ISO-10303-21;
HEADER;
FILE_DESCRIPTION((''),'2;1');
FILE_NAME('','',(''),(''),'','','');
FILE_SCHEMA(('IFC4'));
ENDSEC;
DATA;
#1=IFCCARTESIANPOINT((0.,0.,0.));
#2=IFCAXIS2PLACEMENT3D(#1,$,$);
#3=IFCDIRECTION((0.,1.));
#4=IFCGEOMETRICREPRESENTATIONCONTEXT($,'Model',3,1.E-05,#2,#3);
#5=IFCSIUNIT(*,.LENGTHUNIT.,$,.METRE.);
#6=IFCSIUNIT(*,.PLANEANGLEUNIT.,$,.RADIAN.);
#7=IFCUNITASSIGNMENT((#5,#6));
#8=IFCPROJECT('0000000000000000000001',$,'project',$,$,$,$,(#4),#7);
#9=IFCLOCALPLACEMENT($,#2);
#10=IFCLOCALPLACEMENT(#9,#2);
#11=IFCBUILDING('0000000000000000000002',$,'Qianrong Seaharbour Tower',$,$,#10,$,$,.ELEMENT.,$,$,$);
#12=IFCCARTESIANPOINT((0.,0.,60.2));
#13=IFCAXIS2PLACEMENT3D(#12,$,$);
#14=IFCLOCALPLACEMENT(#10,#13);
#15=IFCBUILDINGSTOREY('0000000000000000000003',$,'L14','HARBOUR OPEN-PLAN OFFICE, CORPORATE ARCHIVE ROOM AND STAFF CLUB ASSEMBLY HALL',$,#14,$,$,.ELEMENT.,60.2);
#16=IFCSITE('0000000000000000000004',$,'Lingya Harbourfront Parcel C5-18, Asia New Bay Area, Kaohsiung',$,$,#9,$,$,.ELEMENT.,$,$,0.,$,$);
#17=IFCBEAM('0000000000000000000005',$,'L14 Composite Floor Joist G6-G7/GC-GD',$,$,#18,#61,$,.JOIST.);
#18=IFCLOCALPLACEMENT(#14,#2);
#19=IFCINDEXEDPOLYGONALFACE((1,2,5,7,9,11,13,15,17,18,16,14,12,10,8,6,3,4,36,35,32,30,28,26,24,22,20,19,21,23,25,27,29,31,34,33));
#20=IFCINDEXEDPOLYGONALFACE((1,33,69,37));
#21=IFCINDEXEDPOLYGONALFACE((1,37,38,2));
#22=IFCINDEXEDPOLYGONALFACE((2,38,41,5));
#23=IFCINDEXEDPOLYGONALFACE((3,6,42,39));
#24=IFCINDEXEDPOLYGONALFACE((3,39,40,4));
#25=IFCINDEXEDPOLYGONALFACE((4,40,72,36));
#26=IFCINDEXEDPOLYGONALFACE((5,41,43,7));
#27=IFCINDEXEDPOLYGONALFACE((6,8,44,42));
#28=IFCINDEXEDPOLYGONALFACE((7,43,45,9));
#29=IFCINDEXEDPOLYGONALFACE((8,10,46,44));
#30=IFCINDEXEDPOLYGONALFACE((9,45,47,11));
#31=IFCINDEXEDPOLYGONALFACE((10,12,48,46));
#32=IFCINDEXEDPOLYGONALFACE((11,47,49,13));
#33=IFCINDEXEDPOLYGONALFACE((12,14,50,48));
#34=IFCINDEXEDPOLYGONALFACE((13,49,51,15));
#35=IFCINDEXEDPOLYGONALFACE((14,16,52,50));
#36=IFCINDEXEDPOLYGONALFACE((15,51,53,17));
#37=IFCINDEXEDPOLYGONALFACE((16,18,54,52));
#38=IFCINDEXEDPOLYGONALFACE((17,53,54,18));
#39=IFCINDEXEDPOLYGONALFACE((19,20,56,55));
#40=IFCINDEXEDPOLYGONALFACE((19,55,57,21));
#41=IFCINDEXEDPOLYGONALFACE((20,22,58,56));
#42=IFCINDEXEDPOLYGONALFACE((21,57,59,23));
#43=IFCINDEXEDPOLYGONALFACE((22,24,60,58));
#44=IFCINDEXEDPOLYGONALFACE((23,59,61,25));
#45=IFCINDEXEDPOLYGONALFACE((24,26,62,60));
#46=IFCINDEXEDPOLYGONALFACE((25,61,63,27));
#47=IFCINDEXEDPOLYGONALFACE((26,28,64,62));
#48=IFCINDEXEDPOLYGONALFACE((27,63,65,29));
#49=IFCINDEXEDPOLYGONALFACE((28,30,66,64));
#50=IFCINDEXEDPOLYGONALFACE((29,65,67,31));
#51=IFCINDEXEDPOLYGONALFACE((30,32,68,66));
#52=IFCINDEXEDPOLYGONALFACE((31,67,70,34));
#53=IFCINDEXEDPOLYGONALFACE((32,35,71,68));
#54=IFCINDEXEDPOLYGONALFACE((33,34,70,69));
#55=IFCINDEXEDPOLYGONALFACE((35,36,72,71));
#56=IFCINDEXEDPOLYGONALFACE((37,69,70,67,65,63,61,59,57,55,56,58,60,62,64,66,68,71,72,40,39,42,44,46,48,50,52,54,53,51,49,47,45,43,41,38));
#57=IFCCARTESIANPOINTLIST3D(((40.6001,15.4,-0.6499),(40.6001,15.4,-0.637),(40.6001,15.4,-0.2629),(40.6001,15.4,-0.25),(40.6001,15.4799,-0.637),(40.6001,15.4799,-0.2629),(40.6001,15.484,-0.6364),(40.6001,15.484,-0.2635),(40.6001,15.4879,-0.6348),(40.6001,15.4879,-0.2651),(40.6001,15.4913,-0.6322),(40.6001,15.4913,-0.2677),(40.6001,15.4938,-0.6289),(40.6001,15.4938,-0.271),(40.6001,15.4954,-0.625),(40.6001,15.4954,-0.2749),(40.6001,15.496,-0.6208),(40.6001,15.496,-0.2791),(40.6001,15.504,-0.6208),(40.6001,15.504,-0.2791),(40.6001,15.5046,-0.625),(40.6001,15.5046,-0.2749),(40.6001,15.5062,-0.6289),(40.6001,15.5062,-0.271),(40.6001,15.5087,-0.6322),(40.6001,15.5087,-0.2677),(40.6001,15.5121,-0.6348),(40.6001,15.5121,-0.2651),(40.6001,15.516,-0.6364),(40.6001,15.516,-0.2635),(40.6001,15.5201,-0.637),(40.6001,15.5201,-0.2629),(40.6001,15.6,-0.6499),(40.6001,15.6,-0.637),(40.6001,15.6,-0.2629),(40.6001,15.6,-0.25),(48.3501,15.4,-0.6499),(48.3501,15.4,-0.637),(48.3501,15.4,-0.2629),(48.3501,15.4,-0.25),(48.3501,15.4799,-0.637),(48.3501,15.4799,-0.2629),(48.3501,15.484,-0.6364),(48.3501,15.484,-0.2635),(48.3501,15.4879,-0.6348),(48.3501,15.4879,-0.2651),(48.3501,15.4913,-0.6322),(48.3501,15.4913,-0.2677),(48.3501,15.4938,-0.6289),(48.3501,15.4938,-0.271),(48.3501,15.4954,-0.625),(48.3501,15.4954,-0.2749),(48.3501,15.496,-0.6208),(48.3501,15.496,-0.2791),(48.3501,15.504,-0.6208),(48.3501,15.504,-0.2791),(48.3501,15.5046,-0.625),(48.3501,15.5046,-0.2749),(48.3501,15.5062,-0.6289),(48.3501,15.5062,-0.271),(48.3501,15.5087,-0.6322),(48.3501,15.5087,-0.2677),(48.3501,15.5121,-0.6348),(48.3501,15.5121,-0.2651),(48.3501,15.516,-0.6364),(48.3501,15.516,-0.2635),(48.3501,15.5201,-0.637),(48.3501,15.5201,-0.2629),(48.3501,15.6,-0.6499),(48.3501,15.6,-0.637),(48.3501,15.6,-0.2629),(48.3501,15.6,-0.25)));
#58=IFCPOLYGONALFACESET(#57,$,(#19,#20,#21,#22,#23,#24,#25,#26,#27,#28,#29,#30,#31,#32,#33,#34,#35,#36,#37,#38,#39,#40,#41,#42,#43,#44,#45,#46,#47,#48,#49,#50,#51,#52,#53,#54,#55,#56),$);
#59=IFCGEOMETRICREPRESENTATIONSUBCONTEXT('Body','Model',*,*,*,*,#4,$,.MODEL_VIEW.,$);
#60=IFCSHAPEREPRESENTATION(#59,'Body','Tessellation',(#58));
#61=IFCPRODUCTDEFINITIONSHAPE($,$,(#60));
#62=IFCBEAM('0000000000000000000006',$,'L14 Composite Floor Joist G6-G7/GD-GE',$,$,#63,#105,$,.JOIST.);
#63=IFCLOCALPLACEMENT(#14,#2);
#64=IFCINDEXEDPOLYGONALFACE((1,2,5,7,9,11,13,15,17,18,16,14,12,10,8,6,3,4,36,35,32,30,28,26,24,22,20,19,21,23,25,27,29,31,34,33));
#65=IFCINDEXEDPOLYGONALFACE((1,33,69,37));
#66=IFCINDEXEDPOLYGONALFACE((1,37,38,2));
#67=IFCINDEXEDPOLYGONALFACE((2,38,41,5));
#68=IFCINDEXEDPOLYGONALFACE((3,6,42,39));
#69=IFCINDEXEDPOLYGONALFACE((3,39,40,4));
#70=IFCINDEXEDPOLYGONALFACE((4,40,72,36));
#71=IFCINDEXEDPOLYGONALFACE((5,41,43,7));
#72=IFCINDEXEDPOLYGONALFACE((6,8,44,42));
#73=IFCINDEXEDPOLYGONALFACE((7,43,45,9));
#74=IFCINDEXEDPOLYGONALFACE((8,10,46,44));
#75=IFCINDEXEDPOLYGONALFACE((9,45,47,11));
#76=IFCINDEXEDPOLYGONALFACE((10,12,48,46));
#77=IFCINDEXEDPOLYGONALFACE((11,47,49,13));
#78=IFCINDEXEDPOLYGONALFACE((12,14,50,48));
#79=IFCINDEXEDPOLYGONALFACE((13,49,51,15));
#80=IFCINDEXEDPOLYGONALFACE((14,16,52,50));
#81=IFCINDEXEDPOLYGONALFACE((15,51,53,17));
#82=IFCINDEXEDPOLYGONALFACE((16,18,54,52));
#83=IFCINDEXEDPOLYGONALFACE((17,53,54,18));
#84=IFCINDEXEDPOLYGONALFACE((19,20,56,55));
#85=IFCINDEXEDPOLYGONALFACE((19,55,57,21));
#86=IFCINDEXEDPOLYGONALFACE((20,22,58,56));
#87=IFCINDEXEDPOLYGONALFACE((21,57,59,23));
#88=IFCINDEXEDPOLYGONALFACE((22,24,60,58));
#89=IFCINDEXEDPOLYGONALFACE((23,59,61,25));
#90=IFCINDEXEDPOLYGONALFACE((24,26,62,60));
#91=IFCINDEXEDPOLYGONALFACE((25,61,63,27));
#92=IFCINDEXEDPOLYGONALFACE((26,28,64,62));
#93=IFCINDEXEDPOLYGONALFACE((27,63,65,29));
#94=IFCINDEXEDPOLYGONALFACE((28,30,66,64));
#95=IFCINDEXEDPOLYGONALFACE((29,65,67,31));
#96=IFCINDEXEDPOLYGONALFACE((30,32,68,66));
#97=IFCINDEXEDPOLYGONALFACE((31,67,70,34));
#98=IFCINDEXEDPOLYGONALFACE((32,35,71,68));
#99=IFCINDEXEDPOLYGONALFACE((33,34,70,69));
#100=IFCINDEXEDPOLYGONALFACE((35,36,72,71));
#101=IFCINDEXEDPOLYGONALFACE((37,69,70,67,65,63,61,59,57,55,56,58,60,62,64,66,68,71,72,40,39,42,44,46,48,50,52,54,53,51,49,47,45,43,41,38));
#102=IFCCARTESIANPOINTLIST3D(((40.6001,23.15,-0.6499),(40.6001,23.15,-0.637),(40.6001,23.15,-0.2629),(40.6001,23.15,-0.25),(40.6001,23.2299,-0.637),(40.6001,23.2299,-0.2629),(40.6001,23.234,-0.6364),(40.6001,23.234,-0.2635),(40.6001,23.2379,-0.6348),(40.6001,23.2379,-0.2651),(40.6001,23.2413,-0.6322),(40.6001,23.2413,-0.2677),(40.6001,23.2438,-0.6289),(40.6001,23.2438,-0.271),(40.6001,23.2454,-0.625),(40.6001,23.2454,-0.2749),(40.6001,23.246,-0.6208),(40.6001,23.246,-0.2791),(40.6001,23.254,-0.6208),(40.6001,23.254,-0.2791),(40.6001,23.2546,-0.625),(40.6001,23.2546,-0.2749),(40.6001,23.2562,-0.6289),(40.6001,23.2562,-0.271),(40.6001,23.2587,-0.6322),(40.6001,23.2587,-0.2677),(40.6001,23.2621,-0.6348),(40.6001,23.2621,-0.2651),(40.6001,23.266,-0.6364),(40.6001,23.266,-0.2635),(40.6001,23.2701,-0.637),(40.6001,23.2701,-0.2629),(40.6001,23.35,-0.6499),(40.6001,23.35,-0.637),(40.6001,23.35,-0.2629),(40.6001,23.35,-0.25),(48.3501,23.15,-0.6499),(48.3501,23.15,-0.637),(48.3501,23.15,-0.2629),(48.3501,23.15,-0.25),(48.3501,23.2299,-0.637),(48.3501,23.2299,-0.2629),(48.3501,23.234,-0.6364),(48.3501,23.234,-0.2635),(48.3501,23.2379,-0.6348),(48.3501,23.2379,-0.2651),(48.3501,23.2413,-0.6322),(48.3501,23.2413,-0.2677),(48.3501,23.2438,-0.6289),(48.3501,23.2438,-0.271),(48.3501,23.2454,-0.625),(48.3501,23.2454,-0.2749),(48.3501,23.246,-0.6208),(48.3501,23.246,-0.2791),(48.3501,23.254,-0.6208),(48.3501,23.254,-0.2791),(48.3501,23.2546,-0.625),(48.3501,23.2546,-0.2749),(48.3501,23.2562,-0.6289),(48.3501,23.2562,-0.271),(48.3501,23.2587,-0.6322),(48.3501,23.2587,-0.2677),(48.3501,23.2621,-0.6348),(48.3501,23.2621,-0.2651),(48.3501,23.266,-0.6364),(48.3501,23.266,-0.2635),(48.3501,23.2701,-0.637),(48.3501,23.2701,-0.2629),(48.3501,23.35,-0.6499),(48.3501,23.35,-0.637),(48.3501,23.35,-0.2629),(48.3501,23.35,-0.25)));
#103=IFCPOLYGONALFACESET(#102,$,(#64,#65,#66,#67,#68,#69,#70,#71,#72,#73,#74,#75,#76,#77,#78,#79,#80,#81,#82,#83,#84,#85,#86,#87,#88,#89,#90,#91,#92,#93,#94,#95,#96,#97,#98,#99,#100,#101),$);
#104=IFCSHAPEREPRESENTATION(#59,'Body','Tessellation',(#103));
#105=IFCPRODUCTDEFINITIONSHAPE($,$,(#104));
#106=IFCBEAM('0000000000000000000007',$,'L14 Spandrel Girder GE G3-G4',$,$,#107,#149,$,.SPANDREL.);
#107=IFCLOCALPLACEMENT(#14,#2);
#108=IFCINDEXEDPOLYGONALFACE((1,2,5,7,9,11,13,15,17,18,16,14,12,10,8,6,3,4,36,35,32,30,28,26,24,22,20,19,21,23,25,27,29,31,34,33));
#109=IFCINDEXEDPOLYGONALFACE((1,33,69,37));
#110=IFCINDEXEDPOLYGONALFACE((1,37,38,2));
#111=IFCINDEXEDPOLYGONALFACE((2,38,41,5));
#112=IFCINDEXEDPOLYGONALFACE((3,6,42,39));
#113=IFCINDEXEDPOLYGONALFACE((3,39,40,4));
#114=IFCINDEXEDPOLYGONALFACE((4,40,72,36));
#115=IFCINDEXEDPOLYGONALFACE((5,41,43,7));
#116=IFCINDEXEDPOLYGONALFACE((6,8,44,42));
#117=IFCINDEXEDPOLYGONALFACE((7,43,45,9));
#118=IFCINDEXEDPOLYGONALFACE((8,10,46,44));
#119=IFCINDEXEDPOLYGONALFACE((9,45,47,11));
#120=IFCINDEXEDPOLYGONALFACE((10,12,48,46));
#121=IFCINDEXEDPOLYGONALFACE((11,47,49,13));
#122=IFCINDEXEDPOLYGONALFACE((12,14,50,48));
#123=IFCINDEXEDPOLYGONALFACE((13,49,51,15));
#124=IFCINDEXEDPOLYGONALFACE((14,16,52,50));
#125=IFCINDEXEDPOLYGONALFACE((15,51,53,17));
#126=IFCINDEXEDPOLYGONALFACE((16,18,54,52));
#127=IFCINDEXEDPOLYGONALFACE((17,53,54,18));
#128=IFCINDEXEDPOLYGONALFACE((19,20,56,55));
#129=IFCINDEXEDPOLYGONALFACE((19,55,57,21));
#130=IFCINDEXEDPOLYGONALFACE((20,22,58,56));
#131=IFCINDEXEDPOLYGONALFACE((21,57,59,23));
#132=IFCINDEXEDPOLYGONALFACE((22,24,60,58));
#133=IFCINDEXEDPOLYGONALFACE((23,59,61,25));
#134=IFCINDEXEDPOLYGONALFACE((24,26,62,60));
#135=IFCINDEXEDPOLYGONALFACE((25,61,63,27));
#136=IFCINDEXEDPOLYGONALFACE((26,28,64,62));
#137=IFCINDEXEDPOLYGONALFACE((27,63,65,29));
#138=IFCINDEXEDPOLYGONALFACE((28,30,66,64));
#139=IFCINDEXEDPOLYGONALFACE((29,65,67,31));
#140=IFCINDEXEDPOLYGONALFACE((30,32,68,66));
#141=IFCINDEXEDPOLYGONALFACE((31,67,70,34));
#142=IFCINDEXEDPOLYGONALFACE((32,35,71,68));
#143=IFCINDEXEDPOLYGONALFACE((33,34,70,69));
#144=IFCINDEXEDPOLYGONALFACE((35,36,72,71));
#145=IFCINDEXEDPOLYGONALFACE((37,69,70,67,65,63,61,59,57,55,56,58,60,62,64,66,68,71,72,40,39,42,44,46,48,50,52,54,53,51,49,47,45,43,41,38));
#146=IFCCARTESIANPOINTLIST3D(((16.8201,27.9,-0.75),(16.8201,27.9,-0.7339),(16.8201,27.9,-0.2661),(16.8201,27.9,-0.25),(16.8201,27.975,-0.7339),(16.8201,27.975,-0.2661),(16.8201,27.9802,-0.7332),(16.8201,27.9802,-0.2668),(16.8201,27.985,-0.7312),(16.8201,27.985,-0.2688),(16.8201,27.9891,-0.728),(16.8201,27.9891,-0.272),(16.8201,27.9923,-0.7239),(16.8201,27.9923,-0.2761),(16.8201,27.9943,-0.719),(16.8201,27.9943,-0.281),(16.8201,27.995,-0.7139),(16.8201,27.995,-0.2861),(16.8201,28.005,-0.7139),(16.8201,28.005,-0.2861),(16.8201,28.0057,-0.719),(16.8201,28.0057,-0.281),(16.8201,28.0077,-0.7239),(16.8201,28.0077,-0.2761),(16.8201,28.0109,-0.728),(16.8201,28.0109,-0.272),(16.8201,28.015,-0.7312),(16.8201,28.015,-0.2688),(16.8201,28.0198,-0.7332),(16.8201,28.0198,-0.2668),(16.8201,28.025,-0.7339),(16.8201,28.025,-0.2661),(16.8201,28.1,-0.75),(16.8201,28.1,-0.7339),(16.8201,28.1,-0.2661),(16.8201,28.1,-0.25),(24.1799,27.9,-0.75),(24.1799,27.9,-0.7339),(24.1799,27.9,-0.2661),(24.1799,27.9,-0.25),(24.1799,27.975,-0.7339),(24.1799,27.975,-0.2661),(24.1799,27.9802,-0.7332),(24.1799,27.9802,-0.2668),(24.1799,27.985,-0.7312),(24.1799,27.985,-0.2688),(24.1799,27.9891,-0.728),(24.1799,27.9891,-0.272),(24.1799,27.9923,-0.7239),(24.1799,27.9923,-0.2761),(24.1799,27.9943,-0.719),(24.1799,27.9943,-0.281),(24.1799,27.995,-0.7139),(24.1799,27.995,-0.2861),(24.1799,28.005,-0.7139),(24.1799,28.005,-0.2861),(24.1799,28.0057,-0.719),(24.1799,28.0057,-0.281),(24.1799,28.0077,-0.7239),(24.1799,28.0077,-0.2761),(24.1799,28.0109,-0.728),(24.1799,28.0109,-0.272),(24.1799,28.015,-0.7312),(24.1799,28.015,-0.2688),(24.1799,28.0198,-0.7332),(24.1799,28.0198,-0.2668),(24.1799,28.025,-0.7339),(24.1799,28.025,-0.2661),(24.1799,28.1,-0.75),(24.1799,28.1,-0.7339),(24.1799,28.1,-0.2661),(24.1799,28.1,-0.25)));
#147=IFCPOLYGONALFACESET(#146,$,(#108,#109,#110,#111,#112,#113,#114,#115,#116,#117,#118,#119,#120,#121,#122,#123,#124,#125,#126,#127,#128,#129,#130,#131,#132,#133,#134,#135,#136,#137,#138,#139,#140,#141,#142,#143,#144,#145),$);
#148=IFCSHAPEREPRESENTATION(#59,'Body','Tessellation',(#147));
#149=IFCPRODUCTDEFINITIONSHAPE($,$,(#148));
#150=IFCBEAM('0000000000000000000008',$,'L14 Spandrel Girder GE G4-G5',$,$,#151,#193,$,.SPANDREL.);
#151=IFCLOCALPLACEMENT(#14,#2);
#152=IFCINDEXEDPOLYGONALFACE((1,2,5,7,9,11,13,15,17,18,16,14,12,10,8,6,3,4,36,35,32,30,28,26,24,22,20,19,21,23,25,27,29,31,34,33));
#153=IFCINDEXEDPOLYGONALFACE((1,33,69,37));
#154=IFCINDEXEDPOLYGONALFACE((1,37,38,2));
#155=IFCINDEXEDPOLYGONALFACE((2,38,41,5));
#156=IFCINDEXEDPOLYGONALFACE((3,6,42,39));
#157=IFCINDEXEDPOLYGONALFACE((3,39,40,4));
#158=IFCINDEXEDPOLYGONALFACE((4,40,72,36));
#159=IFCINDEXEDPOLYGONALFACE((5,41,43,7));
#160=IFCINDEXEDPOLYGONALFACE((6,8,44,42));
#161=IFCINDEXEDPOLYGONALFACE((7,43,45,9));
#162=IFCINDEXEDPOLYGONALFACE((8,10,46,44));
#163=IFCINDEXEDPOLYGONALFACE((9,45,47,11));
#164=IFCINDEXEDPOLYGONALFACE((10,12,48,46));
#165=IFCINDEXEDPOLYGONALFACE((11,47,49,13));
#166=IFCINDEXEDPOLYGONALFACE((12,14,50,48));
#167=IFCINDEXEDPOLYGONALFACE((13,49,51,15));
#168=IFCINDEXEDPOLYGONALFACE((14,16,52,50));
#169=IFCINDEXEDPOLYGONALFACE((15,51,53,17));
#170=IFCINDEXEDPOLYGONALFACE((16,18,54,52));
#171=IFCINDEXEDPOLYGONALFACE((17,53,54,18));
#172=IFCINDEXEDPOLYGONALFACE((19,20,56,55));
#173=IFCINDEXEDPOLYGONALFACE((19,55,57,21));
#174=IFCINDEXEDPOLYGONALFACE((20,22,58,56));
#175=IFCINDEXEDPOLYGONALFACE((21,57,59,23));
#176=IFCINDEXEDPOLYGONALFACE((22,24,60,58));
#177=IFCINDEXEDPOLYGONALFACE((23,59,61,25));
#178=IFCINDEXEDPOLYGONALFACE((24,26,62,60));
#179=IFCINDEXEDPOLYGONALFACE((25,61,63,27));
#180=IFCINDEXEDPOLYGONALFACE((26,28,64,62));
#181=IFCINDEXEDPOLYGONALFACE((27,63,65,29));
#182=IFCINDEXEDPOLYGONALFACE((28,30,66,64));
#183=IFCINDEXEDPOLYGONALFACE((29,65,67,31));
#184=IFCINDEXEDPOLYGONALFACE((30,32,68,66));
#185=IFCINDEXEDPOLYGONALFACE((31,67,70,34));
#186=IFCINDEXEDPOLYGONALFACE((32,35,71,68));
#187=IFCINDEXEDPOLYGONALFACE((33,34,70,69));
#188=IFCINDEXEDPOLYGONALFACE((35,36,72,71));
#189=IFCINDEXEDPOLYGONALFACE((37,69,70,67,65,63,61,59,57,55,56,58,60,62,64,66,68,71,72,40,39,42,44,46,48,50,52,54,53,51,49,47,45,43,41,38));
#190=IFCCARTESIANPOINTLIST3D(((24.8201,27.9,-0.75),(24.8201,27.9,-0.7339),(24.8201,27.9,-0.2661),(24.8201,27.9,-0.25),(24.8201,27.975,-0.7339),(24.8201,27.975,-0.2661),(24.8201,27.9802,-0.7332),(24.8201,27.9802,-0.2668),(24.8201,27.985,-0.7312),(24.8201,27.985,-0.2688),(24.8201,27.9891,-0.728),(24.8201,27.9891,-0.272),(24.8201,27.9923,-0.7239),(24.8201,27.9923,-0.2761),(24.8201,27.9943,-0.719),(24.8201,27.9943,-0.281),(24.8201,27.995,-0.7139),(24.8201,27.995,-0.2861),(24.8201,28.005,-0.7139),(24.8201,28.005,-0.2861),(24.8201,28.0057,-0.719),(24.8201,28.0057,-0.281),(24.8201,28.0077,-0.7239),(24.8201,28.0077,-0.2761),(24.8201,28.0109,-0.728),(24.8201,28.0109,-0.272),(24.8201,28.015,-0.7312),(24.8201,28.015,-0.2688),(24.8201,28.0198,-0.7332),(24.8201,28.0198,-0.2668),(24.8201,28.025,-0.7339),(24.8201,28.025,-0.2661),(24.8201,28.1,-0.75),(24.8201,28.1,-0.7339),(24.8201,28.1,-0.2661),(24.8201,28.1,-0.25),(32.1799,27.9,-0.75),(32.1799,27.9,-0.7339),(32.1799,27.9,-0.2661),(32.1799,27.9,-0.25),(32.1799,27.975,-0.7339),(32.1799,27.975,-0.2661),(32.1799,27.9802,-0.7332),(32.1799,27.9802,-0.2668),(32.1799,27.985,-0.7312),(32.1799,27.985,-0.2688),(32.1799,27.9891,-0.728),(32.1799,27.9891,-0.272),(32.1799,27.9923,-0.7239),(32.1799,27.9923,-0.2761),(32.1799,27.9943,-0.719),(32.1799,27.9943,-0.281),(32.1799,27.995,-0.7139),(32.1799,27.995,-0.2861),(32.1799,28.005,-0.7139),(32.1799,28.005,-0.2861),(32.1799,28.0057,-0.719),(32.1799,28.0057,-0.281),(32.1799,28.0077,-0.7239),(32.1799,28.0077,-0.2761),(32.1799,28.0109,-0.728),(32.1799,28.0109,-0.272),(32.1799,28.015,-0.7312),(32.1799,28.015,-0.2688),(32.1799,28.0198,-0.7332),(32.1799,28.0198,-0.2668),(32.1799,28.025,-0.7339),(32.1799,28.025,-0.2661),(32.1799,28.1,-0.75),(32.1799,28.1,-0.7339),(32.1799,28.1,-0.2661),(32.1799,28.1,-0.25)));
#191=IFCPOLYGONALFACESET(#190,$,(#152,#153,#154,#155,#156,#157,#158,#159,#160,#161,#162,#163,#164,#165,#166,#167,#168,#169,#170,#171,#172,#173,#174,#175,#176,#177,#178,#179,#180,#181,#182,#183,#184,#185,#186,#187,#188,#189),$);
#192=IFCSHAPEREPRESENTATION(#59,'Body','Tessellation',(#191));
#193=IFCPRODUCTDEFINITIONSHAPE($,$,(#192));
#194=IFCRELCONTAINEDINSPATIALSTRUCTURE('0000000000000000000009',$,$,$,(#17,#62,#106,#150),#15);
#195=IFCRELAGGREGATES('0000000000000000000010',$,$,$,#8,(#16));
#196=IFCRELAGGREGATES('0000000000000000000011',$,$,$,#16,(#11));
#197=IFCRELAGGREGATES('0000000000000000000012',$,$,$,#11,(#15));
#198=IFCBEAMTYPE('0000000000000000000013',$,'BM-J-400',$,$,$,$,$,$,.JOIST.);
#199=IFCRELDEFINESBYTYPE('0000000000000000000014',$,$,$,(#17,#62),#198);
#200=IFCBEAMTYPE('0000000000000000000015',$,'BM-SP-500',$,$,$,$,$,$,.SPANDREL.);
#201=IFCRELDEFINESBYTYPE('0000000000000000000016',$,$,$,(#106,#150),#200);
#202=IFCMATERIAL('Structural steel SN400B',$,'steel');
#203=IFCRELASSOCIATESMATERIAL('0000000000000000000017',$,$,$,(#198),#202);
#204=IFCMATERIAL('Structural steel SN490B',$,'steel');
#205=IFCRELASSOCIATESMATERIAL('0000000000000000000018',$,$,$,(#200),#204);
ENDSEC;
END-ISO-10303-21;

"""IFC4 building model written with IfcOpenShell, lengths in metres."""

from ifc_helpers import new_model, si_unit, direction, frame, origin, origin_2d, place, context, subcontext, project, spatial, i_section, extrude, material, material_profile, profile_set, type_object, element, save


model = new_model("IFC4")

# Units and contexts
model_context = context("Model", 3, precision=1e-05, world=origin(), true_north=direction((0.0, 1.0)))
body_context = subcontext(model_context, "Body", "Model", "MODEL_VIEW")
ifc_project = project(units=[si_unit("LENGTHUNIT", "METRE"), si_unit("PLANEANGLEUNIT", "RADIAN")], contexts=[model_context])

# Site, building, storey
site_placement = place(None, origin())
site = spatial("IfcSite", under=ifc_project, at=site_placement, Name="Lingya Harbourfront Parcel C5-18, Asia New Bay Area, Kaohsiung", CompositionType="ELEMENT", RefElevation=0.0)
building_placement = place(site_placement, origin())
building = spatial("IfcBuilding", under=site, at=building_placement, Name="Qianrong Seaharbour Tower", CompositionType="ELEMENT")
storey_placement = place(building_placement, frame((0.0, 0.0, 60.2)))
storey = spatial("IfcBuildingStorey", under=building, at=storey_placement, Name="L14", Description="HARBOUR OPEN-PLAN OFFICE, CORPORATE ARCHIVE ROOM AND STAFF CLUB ASSEMBLY HALL", CompositionType="ELEMENT", Elevation=60.2)

# Shared definitions
ifc_material_1 = material(Name="Structural steel SN490B", Category="steel")

# Beams
ifc_material_2 = material(Name="Structural steel SN400B", Category="steel")
ifc_material_profile_1 = material_profile(ifc_material_2, i_section(OverallWidth=0.2, OverallDepth=0.3999, WebThickness=0.0081, FlangeThickness=0.0129, FilletRadius=0.0161, at=origin_2d()), Name="H400x200x8x13")
ifc_profile_set_1 = profile_set([ifc_material_profile_1], Name="Structural steel SN400B")
beam_type_1 = type_object("IfcBeamType", Name="BM-J-400", PredefinedType="JOIST", material=ifc_profile_set_1)
for number, where, z_axis, x_axis, name in (
    (1, (40.6001, 15.5, -0.45), (1.0, 0.0, 0.0), (0.0, 1.0, 0.0), "L14 Composite Floor Joist G6-G7/GC-GD"),
    (2, (40.6001, 23.25, -0.45), (1.0, 0.0, 0.0), (0.0, 1.0, 0.0), "L14 Composite Floor Joist G6-G7/GD-GE"),
):
    element("IfcBeam", number, at=place(storey_placement, frame(where, z_axis=z_axis, x_axis=x_axis)), inside=storey, type_object=beam_type_1, Name=name, PredefinedType="JOIST", context=body_context, shape_type="SweptSolid", body=[
        extrude(i_section(OverallWidth=0.2, OverallDepth=0.3999, WebThickness=0.0081, FlangeThickness=0.0129, FilletRadius=0.0161, at=origin_2d()), origin(), (0.0, 0.0, 1.0), 7.75),
    ])
ifc_material_profile_2 = material_profile(ifc_material_1, i_section(OverallWidth=0.2, OverallDepth=0.5, WebThickness=0.01, FlangeThickness=0.0161, FilletRadius=0.02, at=origin_2d()), Name="H500x200x10x16")
ifc_profile_set_2 = profile_set([ifc_material_profile_2], Name="Structural steel SN490B")
beam_type_2 = type_object("IfcBeamType", Name="BM-SP-500", PredefinedType="SPANDREL", material=ifc_profile_set_2)
for number, where, z_axis, x_axis, name in (
    (3, (16.8201, 28.0, -0.5), (1.0, 0.0, 0.0), (0.0, 1.0, 0.0), "L14 Spandrel Girder GE G3-G4"),
    (4, (24.8201, 28.0, -0.5), (1.0, 0.0, 0.0), (0.0, 1.0, 0.0), "L14 Spandrel Girder GE G4-G5"),
):
    element("IfcBeam", number, at=place(storey_placement, frame(where, z_axis=z_axis, x_axis=x_axis)), inside=storey, type_object=beam_type_2, Name=name, PredefinedType="SPANDREL", context=body_context, shape_type="SweptSolid", body=[
        extrude(i_section(OverallWidth=0.2, OverallDepth=0.5, WebThickness=0.01, FlangeThickness=0.0161, FilletRadius=0.02, at=origin_2d()), origin(), (0.0, 0.0, 1.0), 7.3599),
    ])

save(model, "model.ifc")
